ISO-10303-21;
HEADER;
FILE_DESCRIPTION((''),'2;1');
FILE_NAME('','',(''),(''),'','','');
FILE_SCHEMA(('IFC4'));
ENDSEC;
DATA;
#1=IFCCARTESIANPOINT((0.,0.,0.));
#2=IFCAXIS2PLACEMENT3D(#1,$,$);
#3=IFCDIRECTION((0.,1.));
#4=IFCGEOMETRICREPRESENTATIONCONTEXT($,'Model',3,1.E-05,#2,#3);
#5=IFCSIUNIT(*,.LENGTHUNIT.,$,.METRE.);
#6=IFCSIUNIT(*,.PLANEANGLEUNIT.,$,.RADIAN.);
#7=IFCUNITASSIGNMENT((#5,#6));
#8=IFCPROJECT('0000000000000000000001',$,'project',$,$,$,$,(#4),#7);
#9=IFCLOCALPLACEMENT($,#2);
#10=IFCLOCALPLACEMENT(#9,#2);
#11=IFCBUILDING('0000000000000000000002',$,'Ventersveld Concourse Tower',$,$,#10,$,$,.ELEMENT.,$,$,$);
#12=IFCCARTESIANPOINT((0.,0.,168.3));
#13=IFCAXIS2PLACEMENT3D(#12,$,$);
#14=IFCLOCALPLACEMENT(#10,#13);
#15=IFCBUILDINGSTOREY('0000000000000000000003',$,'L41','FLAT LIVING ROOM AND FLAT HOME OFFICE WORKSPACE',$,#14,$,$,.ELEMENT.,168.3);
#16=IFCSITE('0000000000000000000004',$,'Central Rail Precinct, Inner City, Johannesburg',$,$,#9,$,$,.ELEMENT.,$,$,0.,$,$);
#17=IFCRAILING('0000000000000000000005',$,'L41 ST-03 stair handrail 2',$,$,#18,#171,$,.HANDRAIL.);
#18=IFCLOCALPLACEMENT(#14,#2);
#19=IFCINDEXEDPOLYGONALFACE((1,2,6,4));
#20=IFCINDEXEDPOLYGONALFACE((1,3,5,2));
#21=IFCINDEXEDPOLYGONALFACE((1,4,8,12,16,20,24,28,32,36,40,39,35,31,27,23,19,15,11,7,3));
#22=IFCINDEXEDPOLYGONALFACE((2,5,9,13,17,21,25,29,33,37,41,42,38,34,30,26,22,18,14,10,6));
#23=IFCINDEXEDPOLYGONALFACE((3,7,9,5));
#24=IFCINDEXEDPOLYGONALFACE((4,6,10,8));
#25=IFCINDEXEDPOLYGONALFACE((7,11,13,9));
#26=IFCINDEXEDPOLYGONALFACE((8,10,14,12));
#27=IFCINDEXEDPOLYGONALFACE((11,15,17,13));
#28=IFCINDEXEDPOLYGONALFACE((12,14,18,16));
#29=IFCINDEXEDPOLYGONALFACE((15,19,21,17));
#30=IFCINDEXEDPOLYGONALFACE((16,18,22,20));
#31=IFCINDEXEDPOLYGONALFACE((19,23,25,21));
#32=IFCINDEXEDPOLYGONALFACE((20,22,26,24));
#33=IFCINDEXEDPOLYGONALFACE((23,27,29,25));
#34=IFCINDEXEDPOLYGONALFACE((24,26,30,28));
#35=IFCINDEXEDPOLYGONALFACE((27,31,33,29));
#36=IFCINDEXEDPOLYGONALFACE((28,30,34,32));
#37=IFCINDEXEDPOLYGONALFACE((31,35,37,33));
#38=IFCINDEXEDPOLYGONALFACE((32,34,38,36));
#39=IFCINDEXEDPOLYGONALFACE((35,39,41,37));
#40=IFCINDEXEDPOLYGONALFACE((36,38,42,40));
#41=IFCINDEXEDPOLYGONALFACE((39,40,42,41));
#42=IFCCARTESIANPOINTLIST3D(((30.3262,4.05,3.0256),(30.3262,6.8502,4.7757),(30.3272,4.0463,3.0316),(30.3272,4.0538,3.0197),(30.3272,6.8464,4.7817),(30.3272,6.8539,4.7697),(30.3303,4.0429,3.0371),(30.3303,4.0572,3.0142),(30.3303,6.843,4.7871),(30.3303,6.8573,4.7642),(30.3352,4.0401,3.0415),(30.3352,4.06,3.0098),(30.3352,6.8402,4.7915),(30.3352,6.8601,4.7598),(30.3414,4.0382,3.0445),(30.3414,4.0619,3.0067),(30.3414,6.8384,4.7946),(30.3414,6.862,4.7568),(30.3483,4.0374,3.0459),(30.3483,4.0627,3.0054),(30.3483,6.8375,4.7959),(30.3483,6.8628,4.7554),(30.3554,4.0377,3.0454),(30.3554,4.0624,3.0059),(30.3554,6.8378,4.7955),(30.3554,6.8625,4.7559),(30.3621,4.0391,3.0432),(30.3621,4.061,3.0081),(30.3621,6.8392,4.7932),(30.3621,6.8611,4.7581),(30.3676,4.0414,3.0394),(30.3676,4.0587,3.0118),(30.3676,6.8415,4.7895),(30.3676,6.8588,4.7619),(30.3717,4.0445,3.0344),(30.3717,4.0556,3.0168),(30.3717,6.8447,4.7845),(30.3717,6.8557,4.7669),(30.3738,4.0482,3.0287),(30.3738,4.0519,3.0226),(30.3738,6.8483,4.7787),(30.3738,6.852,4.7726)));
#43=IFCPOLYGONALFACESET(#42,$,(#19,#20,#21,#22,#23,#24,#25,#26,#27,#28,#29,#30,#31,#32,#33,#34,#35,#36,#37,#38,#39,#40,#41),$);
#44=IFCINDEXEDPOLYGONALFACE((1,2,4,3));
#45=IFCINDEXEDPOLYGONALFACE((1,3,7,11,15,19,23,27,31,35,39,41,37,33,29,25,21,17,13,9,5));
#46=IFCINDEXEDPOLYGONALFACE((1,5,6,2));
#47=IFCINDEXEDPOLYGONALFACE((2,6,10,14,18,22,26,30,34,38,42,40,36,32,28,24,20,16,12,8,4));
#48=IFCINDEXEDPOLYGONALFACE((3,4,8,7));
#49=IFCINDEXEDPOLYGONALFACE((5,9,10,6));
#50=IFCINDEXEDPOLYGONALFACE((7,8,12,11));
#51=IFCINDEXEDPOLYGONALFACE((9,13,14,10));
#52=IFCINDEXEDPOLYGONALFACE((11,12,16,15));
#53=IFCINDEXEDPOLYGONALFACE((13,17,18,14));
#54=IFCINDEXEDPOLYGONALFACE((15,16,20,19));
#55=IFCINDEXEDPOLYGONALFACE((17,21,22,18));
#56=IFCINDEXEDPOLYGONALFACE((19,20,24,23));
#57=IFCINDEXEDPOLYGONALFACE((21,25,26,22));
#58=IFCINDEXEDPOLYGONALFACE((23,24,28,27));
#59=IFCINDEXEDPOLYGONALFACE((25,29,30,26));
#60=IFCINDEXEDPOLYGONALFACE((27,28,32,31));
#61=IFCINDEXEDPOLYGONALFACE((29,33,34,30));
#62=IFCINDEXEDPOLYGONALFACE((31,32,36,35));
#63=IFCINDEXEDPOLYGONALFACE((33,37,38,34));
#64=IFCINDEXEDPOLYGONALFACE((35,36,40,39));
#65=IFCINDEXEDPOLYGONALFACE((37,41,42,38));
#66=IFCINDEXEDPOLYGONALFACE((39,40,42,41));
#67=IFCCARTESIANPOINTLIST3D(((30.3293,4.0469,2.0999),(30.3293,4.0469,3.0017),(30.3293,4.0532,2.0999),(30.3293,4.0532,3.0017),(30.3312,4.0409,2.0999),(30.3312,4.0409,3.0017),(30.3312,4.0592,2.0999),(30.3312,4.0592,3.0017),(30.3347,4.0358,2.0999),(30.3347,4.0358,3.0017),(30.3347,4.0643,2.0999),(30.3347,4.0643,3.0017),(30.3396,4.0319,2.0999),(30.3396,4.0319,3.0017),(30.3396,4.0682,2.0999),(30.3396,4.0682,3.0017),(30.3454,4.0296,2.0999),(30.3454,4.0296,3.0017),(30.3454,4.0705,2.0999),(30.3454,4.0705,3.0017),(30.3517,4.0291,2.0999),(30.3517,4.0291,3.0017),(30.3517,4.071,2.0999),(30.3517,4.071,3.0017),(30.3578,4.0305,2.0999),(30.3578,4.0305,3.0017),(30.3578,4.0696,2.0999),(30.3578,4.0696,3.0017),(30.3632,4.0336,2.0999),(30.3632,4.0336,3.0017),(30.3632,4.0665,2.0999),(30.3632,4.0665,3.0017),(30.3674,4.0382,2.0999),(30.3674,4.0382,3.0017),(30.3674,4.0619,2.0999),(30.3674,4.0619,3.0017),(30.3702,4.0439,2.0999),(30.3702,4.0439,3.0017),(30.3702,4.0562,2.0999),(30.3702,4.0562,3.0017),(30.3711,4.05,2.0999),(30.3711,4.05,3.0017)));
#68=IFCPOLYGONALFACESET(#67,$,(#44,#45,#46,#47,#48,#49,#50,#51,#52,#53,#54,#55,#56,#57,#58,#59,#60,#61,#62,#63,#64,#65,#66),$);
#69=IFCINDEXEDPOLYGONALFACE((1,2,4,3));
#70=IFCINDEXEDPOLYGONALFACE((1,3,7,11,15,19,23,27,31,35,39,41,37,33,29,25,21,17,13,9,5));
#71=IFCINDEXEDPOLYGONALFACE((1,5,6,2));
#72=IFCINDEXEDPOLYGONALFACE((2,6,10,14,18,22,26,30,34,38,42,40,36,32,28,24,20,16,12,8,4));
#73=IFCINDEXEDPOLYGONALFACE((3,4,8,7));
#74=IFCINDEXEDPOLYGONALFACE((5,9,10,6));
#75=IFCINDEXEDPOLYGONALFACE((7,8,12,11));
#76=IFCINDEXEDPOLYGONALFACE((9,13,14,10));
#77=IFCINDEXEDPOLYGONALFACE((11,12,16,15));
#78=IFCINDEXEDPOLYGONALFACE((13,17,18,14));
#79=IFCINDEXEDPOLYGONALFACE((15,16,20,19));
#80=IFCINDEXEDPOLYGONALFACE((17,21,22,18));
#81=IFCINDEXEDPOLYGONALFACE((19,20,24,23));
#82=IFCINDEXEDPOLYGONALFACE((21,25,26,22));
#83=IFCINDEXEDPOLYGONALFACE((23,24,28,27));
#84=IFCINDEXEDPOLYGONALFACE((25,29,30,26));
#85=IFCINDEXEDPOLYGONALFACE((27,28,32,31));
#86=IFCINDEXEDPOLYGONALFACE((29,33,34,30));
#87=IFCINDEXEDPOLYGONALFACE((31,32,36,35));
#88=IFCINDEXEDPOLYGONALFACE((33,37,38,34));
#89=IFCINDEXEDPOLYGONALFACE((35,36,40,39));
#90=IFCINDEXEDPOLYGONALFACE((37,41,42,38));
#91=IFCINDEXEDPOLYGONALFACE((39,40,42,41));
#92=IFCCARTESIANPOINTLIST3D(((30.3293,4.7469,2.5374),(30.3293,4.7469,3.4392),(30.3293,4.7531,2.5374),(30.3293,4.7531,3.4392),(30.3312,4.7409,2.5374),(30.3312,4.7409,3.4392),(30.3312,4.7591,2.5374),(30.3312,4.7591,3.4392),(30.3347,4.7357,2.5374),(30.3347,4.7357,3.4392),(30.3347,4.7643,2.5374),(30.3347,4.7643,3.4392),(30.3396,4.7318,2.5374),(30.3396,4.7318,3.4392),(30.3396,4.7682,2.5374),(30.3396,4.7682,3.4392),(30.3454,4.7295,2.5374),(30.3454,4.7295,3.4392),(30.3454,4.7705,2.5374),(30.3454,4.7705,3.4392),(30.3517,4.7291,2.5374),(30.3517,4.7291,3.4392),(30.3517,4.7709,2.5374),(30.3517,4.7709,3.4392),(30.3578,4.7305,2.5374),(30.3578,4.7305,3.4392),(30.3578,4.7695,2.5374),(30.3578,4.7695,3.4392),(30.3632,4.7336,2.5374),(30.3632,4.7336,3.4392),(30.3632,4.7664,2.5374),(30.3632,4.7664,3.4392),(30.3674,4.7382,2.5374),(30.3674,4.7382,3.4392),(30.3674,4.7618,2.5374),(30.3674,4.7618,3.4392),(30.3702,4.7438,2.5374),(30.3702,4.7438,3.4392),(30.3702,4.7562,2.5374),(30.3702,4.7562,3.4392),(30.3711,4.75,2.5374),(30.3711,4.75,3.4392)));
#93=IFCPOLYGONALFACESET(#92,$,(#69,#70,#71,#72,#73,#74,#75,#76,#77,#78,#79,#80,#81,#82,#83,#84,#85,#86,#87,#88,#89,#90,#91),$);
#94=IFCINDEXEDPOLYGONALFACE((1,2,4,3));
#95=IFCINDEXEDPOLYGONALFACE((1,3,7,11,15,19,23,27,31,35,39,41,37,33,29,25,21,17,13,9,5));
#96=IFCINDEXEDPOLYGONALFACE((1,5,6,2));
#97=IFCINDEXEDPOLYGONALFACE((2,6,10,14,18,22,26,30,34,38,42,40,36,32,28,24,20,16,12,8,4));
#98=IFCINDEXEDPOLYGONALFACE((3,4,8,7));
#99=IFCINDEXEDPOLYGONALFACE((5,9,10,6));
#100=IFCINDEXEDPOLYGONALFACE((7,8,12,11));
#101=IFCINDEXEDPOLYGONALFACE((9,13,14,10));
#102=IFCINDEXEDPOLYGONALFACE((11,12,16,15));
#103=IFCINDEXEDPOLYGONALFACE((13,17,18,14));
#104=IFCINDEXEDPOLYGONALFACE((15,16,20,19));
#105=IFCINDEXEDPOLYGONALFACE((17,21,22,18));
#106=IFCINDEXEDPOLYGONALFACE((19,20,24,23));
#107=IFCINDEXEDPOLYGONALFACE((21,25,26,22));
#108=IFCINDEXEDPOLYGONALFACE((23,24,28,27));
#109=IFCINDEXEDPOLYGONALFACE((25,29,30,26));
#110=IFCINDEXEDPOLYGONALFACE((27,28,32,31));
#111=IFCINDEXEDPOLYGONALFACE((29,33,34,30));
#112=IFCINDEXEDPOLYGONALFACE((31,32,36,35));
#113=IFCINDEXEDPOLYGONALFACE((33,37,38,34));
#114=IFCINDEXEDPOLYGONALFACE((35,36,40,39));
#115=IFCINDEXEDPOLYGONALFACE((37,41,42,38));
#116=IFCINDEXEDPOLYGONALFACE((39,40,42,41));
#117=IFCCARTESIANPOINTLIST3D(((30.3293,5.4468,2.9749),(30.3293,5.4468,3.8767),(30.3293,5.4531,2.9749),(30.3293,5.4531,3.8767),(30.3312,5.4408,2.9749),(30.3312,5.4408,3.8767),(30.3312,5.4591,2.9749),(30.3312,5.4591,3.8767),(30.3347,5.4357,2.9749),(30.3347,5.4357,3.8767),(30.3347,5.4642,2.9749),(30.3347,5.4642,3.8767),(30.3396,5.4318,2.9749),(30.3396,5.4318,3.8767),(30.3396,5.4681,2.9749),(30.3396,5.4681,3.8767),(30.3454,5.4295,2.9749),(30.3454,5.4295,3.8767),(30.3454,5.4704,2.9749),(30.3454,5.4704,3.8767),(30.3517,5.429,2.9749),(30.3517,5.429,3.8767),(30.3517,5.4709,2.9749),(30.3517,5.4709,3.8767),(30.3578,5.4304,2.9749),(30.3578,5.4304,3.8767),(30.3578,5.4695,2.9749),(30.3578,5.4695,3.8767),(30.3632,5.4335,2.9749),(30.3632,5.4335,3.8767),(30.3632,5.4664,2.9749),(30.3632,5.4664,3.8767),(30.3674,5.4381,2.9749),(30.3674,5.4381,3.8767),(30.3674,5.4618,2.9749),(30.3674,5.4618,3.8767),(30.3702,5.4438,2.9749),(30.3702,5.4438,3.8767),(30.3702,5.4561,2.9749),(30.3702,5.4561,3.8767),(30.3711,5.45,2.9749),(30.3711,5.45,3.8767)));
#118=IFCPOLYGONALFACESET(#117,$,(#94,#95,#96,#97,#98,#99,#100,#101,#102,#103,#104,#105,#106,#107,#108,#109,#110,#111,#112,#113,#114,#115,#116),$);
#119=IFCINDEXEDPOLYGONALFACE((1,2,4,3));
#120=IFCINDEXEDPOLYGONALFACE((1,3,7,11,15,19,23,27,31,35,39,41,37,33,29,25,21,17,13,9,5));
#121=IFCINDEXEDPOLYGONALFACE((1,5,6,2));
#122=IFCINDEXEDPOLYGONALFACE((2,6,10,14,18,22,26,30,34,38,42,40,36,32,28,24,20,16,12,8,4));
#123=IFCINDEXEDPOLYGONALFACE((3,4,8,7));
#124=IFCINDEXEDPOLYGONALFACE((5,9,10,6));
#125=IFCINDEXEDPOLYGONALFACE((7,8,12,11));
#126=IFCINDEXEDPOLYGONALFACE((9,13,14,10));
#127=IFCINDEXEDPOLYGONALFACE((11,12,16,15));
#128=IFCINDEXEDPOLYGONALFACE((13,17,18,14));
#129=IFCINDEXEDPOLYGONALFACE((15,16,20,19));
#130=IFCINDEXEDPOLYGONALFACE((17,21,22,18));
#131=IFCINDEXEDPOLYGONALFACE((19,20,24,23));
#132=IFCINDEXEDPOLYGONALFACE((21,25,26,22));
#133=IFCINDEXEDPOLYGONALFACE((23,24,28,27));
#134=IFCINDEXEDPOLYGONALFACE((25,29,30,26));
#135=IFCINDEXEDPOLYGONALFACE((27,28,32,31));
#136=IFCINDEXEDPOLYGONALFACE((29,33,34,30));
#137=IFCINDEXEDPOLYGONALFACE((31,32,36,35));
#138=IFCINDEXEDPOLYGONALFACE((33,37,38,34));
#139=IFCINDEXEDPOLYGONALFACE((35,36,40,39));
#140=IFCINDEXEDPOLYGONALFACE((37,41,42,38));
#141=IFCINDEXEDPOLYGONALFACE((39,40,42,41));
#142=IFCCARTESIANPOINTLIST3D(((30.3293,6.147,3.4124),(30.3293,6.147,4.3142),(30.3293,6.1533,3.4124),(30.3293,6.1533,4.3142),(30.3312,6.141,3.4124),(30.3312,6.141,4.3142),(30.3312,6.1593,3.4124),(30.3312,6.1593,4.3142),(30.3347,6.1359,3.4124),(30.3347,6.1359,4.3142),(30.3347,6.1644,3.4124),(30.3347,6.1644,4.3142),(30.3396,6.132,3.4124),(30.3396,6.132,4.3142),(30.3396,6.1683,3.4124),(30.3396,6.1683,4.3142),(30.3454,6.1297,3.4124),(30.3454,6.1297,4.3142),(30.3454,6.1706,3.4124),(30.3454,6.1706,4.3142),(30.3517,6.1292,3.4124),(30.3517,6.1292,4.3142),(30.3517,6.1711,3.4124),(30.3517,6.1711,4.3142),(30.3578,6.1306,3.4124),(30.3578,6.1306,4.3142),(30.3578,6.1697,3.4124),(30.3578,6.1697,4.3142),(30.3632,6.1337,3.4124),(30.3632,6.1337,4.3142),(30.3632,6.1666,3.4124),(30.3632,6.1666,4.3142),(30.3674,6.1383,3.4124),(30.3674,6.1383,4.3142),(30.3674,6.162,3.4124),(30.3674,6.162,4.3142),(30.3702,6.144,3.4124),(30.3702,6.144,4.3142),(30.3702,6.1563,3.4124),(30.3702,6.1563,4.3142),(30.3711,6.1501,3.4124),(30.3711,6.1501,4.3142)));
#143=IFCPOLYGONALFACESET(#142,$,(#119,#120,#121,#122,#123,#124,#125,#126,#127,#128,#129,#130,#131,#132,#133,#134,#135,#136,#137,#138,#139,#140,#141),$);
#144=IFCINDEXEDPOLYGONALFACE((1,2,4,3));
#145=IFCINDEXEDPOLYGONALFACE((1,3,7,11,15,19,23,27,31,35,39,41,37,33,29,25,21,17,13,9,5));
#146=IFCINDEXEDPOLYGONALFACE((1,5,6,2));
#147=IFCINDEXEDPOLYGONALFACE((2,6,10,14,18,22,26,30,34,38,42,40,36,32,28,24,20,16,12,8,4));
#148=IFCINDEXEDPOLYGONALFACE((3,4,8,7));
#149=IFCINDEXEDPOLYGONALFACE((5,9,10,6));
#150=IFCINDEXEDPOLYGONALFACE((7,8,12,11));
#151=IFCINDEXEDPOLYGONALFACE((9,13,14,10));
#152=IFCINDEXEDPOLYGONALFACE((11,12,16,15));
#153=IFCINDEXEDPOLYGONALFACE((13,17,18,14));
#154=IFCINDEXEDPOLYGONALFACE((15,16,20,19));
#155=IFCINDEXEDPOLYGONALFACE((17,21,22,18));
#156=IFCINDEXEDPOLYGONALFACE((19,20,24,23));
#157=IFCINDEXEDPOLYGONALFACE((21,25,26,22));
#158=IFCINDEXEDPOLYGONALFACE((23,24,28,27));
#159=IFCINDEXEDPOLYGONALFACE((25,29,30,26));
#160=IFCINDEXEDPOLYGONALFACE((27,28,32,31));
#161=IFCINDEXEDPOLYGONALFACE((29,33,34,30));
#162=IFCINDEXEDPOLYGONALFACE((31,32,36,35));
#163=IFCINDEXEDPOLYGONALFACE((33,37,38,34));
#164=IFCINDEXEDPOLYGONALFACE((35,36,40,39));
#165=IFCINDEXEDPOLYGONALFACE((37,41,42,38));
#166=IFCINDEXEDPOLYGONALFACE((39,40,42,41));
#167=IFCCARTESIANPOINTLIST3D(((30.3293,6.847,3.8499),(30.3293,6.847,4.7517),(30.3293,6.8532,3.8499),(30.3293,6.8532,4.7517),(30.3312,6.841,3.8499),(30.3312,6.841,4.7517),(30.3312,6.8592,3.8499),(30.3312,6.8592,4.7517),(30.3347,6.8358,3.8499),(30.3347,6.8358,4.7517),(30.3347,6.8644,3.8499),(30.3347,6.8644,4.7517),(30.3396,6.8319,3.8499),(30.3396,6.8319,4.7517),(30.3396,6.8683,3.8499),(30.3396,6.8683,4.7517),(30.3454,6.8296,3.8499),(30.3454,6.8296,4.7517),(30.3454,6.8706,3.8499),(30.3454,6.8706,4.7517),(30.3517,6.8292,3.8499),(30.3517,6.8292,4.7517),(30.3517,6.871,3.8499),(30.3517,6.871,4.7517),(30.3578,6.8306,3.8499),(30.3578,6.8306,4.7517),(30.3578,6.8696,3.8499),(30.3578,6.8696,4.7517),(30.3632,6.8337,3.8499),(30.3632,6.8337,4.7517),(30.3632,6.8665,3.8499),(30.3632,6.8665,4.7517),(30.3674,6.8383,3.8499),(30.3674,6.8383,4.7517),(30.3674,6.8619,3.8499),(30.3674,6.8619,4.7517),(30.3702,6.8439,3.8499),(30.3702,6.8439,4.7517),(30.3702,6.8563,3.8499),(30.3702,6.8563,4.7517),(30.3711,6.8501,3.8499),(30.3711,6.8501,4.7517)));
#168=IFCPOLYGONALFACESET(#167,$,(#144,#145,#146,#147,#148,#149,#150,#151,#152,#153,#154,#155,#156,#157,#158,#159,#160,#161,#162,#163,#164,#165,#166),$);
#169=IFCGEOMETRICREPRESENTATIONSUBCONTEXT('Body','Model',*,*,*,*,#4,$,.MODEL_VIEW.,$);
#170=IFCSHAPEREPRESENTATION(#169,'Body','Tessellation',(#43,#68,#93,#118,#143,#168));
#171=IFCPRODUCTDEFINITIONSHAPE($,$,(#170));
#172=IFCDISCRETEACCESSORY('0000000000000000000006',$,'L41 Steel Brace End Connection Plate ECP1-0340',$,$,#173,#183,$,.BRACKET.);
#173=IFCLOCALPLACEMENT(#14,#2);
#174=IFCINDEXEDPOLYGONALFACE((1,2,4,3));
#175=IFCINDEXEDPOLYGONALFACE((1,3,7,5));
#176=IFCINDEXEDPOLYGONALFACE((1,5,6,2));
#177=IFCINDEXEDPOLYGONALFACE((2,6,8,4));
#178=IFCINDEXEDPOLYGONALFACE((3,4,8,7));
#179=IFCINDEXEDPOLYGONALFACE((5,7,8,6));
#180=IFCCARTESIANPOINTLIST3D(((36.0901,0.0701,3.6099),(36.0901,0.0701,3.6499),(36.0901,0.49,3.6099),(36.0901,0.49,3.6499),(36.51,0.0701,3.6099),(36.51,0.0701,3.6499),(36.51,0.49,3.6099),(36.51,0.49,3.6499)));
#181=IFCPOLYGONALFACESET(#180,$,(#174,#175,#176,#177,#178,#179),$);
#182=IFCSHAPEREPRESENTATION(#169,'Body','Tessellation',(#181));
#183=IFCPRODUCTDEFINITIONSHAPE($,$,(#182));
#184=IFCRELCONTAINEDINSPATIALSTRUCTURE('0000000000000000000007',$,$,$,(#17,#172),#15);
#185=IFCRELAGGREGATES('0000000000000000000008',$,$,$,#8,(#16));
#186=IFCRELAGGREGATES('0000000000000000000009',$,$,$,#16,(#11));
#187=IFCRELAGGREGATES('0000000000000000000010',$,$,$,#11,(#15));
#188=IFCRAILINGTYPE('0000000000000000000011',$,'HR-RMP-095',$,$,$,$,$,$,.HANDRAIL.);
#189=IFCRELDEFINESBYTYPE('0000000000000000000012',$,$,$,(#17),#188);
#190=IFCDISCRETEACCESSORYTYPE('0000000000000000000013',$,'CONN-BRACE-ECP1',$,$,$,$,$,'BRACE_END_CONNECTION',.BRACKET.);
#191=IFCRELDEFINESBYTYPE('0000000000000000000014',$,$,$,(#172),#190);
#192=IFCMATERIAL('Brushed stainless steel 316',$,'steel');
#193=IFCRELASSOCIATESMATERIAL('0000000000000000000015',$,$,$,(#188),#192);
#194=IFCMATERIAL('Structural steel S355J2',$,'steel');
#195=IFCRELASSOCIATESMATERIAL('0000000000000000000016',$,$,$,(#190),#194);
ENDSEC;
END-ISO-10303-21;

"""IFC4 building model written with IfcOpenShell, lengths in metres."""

from ifc_helpers import new_model, si_unit, direction, frame, origin, origin_2d, place, context, subcontext, project, spatial, rectangle, circle, extrude, material, type_object, element, save


model = new_model("IFC4")

# Units and contexts
model_context = context("Model", 3, precision=1e-05, world=origin(), true_north=direction((0.0, 1.0)))
body_context = subcontext(model_context, "Body", "Model", "MODEL_VIEW")
ifc_project = project(units=[si_unit("LENGTHUNIT", "METRE"), si_unit("PLANEANGLEUNIT", "RADIAN")], contexts=[model_context])

# Site, building, storey
site_placement = place(None, origin())
site = spatial("IfcSite", under=ifc_project, at=site_placement, Name="Central Rail Precinct, Inner City, Johannesburg", CompositionType="ELEMENT", RefElevation=0.0)
building_placement = place(site_placement, origin())
building = spatial("IfcBuilding", under=site, at=building_placement, Name="Ventersveld Concourse Tower", CompositionType="ELEMENT")
storey_placement = place(building_placement, frame((0.0, 0.0, 168.3)))
storey = spatial("IfcBuildingStorey", under=building, at=storey_placement, Name="L41", Description="FLAT LIVING ROOM AND FLAT HOME OFFICE WORKSPACE", CompositionType="ELEMENT", Elevation=168.3)

# Shared definitions
ifc_material_1 = material(Name="Structural steel S355J2", Category="steel")

# Shared definitions
ifc_material_2 = material(Name="Brushed stainless steel 316", Category="steel")

# Railing
railing_type_1 = type_object("IfcRailingType", Name="HR-RMP-095", PredefinedType="HANDRAIL", material=ifc_material_2)
railing_1_placement = place(storey_placement, frame((30.3501, 4.05, 2.0999)))
element("IfcRailing", 1, at=railing_1_placement, inside=storey, type_object=railing_type_1, Name="L41 ST-03 stair handrail 2", PredefinedType="HANDRAIL", context=body_context, shape_type="SweptSolid", body=[
    extrude(circle(Radius=0.0239, at=origin_2d()), frame((0.0, 0.0, 0.9258), z_axis=(0.0, 0.848002, 0.529992), x_axis=(-1.0, 0.0, 0.0)), (0.0, 0.0, 1.0), 3.302),
    extrude(circle(Radius=0.021, at=origin_2d()), origin(), (0.0, 0.0, 1.0), 0.9019),
    extrude(circle(Radius=0.021, at=origin_2d()), frame((0.0, 0.7, 0.4375)), (0.0, 0.0, 1.0), 0.9019),
    extrude(circle(Radius=0.021, at=origin_2d()), frame((0.0, 1.3999, 0.875)), (0.0, 0.0, 1.0), 0.9019),
    extrude(circle(Radius=0.021, at=origin_2d()), frame((0.0, 2.1001, 1.3125)), (0.0, 0.0, 1.0), 0.9019),
    extrude(circle(Radius=0.021, at=origin_2d()), frame((0.0, 2.8, 1.75)), (0.0, 0.0, 1.0), 0.9019),
])

# Discrete accessory
discrete_accessory_type = type_object("IfcDiscreteAccessoryType", Name="CONN-BRACE-ECP1", ElementType="BRACE_END_CONNECTION", PredefinedType="BRACKET", material=ifc_material_1)
discrete_accessory_placement = place(storey_placement, frame((36.3, 0.28, 3.6099), z_axis=(0.0, 0.0, 1.0), x_axis=(1.0, 0.0, 0.0)))
element("IfcDiscreteAccessory", 2, at=discrete_accessory_placement, inside=storey, type_object=discrete_accessory_type, Name="L41 Steel Brace End Connection Plate ECP1-0340", PredefinedType="BRACKET", context=body_context, shape_type="SweptSolid", body=[
    extrude(rectangle(XDim=0.4199, YDim=0.4199, at=origin_2d()), origin(), (0.0, 0.0, 1.0), 0.04),
])

save(model, "model.ifc")
